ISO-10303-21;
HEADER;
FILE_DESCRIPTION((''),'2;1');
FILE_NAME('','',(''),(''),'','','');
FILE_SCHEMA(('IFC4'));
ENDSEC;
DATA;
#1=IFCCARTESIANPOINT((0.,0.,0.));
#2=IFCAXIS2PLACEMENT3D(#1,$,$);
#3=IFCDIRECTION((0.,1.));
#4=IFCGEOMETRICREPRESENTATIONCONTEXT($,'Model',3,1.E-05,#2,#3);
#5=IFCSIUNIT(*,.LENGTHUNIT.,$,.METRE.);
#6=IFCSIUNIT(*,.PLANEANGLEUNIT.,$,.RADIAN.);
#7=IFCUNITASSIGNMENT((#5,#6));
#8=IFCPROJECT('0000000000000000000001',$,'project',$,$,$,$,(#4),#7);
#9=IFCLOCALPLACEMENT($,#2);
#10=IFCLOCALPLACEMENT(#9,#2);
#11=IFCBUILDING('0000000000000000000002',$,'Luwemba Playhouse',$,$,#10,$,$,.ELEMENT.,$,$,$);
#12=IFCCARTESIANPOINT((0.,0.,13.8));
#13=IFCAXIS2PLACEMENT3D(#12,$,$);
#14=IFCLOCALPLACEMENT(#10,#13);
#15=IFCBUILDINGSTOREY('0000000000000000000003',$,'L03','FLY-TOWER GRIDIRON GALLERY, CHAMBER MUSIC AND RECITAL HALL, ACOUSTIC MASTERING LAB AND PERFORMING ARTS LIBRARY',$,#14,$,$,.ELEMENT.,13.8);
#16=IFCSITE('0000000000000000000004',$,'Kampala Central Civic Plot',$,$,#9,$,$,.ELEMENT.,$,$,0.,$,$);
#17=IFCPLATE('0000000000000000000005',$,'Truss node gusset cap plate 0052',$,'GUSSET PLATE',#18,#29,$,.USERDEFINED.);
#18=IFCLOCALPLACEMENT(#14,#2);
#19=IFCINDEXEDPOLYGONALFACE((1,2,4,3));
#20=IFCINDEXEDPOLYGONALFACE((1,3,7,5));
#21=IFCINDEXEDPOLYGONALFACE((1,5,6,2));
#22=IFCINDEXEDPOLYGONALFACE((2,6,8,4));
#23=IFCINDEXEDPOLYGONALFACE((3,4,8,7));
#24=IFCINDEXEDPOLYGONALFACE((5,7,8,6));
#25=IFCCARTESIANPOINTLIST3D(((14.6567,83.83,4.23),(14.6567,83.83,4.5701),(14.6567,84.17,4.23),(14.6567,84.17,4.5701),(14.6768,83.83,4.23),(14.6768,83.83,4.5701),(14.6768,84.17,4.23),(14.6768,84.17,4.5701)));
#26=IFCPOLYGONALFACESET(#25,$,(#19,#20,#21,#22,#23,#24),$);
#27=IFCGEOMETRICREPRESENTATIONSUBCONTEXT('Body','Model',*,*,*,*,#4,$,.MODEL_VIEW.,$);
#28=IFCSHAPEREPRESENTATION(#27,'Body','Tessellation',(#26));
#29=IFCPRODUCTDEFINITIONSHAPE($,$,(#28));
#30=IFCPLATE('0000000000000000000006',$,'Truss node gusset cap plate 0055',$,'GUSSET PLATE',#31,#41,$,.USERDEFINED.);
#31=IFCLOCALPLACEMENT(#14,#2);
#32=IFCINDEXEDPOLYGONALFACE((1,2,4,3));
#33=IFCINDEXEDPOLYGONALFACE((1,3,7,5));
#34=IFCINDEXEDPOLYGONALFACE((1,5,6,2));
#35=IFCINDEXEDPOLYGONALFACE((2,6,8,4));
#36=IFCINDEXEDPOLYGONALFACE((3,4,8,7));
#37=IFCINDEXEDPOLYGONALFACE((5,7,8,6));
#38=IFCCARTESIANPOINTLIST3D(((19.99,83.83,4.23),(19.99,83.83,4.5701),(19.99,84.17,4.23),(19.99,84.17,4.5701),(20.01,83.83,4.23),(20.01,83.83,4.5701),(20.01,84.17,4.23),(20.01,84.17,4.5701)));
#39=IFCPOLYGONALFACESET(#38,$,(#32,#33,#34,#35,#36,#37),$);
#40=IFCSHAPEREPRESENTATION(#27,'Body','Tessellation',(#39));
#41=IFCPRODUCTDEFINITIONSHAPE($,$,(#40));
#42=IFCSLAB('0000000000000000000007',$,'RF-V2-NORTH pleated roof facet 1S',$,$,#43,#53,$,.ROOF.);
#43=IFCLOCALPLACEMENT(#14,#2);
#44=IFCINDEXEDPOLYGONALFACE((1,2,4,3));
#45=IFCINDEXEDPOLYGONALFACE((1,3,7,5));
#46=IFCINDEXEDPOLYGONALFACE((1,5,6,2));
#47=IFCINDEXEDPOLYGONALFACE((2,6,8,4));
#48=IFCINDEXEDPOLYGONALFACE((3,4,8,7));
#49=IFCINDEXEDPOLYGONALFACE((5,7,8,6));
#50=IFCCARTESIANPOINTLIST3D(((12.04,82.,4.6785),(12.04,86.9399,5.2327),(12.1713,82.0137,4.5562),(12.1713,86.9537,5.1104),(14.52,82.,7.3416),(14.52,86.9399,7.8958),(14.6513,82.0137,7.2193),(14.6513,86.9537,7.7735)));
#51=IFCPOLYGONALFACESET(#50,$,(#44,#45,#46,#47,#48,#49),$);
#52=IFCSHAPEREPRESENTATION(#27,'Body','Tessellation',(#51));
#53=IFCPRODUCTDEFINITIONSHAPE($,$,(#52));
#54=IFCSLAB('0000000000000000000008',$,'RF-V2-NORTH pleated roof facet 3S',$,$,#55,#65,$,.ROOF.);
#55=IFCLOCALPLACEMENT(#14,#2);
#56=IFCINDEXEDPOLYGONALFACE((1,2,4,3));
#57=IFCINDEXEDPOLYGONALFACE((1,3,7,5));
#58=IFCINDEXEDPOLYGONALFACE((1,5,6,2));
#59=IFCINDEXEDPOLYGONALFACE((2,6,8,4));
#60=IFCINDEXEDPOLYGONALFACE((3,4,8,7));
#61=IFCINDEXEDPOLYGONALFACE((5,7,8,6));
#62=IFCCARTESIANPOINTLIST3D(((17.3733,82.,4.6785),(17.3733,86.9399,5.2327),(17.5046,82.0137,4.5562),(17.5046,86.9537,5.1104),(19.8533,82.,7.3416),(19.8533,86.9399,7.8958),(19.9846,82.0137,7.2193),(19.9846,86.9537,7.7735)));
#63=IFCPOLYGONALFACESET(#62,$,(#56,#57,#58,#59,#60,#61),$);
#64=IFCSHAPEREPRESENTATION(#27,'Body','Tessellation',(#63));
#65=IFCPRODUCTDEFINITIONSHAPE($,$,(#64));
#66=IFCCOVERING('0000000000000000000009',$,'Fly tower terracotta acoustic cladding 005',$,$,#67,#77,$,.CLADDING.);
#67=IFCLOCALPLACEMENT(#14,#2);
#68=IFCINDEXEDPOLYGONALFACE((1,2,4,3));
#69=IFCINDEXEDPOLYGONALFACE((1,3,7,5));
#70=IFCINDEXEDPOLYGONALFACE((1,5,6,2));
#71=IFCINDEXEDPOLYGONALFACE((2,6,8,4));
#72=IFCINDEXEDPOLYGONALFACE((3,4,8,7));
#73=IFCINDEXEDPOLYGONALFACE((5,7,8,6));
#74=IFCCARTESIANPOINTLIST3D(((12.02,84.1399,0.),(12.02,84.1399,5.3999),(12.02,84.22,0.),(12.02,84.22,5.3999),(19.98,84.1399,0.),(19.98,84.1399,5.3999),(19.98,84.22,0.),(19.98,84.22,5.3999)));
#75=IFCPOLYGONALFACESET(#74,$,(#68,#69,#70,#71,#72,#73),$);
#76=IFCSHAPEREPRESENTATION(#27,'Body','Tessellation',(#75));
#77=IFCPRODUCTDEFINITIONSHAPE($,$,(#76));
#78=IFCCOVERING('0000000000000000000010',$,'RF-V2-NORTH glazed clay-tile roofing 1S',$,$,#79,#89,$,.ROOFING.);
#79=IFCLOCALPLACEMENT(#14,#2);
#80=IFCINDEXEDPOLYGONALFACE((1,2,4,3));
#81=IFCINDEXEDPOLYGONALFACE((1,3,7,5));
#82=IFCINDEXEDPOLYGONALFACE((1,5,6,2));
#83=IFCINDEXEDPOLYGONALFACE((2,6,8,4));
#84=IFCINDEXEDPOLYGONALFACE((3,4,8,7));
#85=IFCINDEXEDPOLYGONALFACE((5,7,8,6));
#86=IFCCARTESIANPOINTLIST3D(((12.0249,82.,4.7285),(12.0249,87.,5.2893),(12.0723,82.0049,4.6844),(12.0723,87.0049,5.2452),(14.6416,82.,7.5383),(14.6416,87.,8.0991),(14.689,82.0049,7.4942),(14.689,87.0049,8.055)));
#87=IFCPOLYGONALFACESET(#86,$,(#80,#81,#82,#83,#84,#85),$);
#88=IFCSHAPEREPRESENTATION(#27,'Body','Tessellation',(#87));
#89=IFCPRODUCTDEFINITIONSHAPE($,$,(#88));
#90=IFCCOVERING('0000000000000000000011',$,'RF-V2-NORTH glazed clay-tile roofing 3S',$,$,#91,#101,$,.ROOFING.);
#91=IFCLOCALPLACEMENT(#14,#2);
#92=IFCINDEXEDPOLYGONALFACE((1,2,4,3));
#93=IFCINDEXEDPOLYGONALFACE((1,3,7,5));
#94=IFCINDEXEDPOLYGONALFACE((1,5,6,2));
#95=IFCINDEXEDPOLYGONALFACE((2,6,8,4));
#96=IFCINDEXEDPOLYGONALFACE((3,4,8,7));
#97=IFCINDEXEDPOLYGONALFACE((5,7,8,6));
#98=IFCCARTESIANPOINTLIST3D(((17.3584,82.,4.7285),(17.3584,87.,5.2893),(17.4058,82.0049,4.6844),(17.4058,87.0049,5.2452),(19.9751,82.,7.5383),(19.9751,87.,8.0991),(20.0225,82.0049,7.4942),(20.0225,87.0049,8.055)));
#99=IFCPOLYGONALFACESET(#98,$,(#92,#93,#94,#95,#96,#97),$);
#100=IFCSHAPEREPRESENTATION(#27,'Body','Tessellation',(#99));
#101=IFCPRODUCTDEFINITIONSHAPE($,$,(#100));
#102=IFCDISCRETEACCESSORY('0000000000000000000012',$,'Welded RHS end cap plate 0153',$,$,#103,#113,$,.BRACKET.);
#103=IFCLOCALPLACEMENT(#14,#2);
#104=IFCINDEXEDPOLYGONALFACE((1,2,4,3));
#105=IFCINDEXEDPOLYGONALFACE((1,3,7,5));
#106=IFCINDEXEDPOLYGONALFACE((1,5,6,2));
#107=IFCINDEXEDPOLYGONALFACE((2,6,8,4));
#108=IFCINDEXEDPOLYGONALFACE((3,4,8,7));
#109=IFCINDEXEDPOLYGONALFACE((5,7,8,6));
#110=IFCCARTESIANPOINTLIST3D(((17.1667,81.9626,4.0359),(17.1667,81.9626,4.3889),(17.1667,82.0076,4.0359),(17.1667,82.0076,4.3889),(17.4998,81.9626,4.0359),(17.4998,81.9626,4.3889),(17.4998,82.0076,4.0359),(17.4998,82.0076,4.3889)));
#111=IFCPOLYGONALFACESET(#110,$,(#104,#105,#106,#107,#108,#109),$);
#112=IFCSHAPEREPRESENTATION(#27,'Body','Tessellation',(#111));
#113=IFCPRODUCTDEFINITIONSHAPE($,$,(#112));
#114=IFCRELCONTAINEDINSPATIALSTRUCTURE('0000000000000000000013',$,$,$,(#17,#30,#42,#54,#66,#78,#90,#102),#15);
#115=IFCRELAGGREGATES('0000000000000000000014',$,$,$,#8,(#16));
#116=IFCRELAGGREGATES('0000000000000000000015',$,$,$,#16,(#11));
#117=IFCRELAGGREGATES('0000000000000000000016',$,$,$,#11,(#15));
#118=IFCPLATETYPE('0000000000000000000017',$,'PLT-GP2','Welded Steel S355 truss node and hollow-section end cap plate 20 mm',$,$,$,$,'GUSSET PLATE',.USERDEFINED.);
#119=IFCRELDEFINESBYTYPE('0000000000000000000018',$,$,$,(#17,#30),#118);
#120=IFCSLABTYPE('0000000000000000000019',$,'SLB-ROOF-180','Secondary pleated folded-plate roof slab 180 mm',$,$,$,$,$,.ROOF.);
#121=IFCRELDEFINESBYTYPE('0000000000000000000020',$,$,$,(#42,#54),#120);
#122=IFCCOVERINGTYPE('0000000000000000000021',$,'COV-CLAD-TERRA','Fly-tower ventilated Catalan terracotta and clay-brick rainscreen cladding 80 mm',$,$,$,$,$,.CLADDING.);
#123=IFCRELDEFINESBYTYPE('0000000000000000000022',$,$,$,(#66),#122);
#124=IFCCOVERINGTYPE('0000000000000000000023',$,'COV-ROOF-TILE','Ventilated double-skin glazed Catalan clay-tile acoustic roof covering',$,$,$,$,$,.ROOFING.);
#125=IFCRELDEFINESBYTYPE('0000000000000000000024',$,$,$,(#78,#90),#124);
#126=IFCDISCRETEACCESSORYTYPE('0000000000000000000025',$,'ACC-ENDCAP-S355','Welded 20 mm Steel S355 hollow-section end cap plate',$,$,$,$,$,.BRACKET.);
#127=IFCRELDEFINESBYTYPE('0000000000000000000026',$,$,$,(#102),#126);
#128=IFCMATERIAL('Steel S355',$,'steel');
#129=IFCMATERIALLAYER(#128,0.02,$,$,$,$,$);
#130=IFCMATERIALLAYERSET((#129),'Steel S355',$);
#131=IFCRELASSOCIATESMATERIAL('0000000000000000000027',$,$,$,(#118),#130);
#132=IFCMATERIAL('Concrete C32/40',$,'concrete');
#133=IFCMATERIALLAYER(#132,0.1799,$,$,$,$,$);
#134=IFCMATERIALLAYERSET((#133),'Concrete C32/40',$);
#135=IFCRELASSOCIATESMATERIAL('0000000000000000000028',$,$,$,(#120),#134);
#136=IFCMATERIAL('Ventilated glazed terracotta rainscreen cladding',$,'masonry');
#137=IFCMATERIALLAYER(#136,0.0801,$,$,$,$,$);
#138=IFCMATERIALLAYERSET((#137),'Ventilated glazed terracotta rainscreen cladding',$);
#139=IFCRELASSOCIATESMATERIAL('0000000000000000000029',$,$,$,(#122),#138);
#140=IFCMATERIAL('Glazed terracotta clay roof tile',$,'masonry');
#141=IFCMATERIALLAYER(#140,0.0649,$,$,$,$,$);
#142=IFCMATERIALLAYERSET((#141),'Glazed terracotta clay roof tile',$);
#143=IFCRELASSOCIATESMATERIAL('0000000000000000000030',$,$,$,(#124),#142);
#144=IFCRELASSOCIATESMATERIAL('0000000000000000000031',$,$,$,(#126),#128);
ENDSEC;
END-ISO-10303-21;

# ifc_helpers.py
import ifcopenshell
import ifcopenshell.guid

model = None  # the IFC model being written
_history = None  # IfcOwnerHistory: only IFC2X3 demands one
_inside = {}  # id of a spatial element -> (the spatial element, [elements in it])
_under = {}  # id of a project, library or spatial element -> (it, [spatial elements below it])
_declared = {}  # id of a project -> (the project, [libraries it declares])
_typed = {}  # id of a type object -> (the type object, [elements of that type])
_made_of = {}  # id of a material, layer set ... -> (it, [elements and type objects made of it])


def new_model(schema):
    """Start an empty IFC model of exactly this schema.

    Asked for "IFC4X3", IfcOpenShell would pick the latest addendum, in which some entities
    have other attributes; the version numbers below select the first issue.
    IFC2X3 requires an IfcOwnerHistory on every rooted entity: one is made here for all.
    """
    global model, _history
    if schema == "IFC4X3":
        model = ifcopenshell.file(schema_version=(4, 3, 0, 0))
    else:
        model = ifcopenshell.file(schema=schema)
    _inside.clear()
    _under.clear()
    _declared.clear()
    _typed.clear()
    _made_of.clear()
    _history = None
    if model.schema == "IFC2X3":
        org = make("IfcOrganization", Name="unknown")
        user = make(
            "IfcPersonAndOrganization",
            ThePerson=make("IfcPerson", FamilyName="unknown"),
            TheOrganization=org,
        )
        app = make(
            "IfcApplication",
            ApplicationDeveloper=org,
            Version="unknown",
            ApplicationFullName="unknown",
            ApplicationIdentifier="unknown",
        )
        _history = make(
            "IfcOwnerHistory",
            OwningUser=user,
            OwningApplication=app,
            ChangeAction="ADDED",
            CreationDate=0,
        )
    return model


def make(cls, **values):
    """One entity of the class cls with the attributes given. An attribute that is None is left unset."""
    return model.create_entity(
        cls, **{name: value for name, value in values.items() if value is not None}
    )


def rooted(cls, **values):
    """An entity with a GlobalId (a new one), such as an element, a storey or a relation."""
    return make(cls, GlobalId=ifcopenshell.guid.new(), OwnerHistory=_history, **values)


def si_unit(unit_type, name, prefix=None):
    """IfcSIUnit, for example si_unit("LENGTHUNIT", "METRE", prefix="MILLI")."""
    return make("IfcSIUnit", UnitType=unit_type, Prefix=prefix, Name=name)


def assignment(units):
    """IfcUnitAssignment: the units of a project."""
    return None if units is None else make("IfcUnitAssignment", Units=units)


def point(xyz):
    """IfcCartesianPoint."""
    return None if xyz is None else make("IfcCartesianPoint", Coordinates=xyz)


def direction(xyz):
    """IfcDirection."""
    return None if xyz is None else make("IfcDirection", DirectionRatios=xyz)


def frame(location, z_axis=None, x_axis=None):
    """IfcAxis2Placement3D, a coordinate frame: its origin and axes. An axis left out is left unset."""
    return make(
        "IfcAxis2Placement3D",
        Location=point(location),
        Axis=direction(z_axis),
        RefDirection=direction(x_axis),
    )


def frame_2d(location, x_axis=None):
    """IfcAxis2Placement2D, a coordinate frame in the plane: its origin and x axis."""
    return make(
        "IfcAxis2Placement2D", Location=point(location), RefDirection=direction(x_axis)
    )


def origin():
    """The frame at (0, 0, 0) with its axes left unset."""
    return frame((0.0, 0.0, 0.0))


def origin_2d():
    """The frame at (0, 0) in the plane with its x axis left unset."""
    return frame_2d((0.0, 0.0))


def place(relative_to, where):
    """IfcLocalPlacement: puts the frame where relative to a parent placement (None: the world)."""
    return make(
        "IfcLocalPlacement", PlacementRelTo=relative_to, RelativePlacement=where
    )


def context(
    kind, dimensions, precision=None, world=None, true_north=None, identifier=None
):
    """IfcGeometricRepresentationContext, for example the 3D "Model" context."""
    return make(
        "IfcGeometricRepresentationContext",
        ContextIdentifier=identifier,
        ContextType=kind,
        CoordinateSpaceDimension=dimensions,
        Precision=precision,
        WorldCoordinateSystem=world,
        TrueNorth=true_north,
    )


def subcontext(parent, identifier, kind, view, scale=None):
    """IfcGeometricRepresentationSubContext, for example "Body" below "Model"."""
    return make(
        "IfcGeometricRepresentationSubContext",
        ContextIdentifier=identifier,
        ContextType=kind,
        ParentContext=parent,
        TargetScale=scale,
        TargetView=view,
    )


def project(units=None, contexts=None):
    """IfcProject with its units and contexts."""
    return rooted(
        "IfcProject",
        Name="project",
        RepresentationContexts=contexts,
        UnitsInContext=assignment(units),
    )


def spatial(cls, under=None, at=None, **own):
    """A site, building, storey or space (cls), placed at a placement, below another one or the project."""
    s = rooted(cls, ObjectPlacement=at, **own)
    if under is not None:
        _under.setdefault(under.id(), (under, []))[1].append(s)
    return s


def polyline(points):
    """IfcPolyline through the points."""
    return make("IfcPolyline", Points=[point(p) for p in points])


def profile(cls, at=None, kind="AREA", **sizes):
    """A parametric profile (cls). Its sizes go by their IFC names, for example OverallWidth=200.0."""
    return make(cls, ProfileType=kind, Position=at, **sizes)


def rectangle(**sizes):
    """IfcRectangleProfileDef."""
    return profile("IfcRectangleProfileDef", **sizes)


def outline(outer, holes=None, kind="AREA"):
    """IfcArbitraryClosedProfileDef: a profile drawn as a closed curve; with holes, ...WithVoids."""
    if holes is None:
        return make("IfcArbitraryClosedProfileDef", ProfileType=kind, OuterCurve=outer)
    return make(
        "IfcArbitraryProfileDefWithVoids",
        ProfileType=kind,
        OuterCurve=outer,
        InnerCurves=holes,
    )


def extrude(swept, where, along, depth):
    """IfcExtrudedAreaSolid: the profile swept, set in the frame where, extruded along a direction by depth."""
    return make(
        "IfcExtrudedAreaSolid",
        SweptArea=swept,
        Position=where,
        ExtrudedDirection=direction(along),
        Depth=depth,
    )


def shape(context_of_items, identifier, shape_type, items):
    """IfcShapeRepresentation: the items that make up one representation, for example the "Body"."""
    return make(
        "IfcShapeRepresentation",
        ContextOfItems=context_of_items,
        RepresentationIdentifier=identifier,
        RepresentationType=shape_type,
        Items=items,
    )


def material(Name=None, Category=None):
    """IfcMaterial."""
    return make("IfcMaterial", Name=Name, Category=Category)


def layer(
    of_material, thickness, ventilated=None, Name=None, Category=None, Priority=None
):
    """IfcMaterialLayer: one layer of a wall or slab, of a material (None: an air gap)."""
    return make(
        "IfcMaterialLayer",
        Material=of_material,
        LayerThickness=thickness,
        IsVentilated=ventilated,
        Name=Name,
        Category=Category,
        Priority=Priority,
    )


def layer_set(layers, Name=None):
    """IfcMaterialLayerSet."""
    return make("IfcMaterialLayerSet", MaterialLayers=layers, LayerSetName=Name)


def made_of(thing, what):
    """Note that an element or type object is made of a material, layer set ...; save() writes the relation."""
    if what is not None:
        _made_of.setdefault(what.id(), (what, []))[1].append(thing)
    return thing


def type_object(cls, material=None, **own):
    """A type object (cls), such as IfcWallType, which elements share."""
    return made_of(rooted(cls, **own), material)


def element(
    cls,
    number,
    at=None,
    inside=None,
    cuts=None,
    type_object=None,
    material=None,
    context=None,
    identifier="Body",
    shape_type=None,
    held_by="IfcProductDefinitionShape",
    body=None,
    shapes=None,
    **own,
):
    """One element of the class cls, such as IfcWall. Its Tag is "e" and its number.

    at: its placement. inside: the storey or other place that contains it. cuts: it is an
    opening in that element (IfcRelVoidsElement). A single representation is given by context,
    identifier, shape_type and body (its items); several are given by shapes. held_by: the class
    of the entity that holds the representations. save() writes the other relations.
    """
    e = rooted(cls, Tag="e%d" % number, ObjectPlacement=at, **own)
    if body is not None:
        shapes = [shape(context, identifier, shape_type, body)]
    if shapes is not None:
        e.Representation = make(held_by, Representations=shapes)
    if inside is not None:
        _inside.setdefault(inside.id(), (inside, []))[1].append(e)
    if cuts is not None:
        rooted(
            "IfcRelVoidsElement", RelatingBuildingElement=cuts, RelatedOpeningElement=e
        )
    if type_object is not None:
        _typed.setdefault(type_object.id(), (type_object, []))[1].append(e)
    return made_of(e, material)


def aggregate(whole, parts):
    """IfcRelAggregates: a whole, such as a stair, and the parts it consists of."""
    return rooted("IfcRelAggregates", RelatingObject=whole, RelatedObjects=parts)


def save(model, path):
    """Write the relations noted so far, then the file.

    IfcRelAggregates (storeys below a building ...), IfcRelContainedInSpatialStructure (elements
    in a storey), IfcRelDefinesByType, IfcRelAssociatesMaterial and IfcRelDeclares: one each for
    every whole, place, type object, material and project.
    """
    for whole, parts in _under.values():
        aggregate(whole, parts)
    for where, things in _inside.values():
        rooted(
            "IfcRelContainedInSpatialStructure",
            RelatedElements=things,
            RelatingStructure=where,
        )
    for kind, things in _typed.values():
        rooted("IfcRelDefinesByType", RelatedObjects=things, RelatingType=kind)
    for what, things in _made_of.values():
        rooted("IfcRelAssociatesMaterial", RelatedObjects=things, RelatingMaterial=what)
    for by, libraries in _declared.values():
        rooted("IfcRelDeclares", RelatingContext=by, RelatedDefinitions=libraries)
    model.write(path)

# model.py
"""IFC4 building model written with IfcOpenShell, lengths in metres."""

from ifc_helpers import new_model, si_unit, direction, frame, origin, origin_2d, place, context, subcontext, project, spatial, polyline, rectangle, outline, extrude, material, layer, layer_set, type_object, element, save


model = new_model("IFC4")

# Units and contexts
model_context = context("Model", 3, precision=1e-05, world=origin(), true_north=direction((0.0, 1.0)))
body_context = subcontext(model_context, "Body", "Model", "MODEL_VIEW")
ifc_project = project(units=[si_unit("LENGTHUNIT", "METRE"), si_unit("PLANEANGLEUNIT", "RADIAN")], contexts=[model_context])

# Site, building, storey
site_placement = place(None, origin())
site = spatial("IfcSite", under=ifc_project, at=site_placement, Name="Kampala Central Civic Plot", CompositionType="ELEMENT", RefElevation=0.0)
building_placement = place(site_placement, origin())
building = spatial("IfcBuilding", under=site, at=building_placement, Name="Luwemba Playhouse", CompositionType="ELEMENT")
storey_placement = place(building_placement, frame((0.0, 0.0, 13.8)))
storey = spatial("IfcBuildingStorey", under=building, at=storey_placement, Name="L03", Description="FLY-TOWER GRIDIRON GALLERY, CHAMBER MUSIC AND RECITAL HALL, ACOUSTIC MASTERING LAB AND PERFORMING ARTS LIBRARY", CompositionType="ELEMENT", Elevation=13.8)

# Shared definitions
ifc_material_1 = material(Name="Steel S355", Category="steel")

# Plates
ifc_layer_1 = layer(ifc_material_1, 0.02)
ifc_layer_set_1 = layer_set([ifc_layer_1], Name="Steel S355")
plate_type = type_object("IfcPlateType", Name="PLT-GP2", Description="Welded Steel S355 truss node and hollow-section end cap plate 20 mm", ElementType="GUSSET PLATE", PredefinedType="USERDEFINED", material=ifc_layer_set_1)
for number, where, z_axis, x_axis, name in (
    (1, (14.6667, 84.0, 4.23), (0.0, 0.0, 1.0), (1.0, 0.0, 0.0), "Truss node gusset cap plate 0052"),
    (2, (20.0, 84.0, 4.23), (0.0, 0.0, 1.0), (1.0, 0.0, 0.0), "Truss node gusset cap plate 0055"),
):
    element("IfcPlate", number, at=place(storey_placement, frame(where, z_axis=z_axis, x_axis=x_axis)), inside=storey, type_object=plate_type, Name=name, ObjectType="GUSSET PLATE", PredefinedType="USERDEFINED", context=body_context, shape_type="SweptSolid", body=[
        extrude(rectangle(XDim=0.02, YDim=0.3401, at=origin_2d()), origin(), (0.0, 0.0, 1.0), 0.3401),
    ])

# Slabs
ifc_material_2 = material(Name="Concrete C32/40", Category="concrete")
ifc_layer_2 = layer(ifc_material_2, 0.1799)
ifc_layer_set_2 = layer_set([ifc_layer_2], Name="Concrete C32/40")
slab_type = type_object("IfcSlabType", Name="SLB-ROOF-180", Description="Secondary pleated folded-plate roof slab 180 mm", PredefinedType="ROOF", material=ifc_layer_set_2)
for number, where, z_axis, x_axis, name in (
    (3, (12.04, 82.0, 4.6785), (-0.729688, -0.076233, 0.679517), (0.6815, 0.0, 0.731818), "RF-V2-NORTH pleated roof facet 1S"),
    (4, (17.3733, 82.0, 4.6785), (-0.729688, -0.076233, 0.679517), (0.6815, 0.0, 0.731818), "RF-V2-NORTH pleated roof facet 3S"),
):
    element("IfcSlab", number, at=place(storey_placement, frame(where, z_axis=z_axis, x_axis=x_axis)), inside=storey, type_object=slab_type, Name=name, PredefinedType="ROOF", context=body_context, shape_type="SweptSolid", body=[
        extrude(outline(polyline([(0.0, 0.0), (3.639, 0.0), (4.0446, 4.9544), (0.4056, 4.9544), (0.0, 0.0)])), origin(), (0.0, 0.0, -1.0), 0.1799),
    ])

# Coverings
ifc_material_3 = material(Name="Ventilated glazed terracotta rainscreen cladding", Category="masonry")
ifc_layer_3 = layer(ifc_material_3, 0.0801)
ifc_layer_set_3 = layer_set([ifc_layer_3], Name="Ventilated glazed terracotta rainscreen cladding")
covering_type_1 = type_object("IfcCoveringType", Name="COV-CLAD-TERRA", Description="Fly-tower ventilated Catalan terracotta and clay-brick rainscreen cladding 80 mm", PredefinedType="CLADDING", material=ifc_layer_set_3)
covering_placement = place(storey_placement, frame((16.0, 84.1799, 0.0), z_axis=(0.0, 0.0, 1.0), x_axis=(1.0, 0.0, 0.0)))
element("IfcCovering", 5, at=covering_placement, inside=storey, type_object=covering_type_1, Name="Fly tower terracotta acoustic cladding 005", PredefinedType="CLADDING", context=body_context, shape_type="SweptSolid", body=[
    extrude(rectangle(XDim=7.96, YDim=0.0801, at=origin_2d()), origin(), (0.0, 0.0, 1.0), 5.3999),
])
ifc_material_4 = material(Name="Glazed terracotta clay roof tile", Category="masonry")
ifc_layer_4 = layer(ifc_material_4, 0.0649)
ifc_layer_set_4 = layer_set([ifc_layer_4], Name="Glazed terracotta clay roof tile")
covering_type_2 = type_object("IfcCoveringType", Name="COV-ROOF-TILE", Description="Ventilated double-skin glazed Catalan clay-tile acoustic roof covering", PredefinedType="ROOFING", material=ifc_layer_set_4)
for number, where, z_axis, x_axis, name in (
    (6, (12.0249, 82.0, 4.7285), (-0.729679, -0.076215, 0.679529), (0.681511, 0.0, 0.731808), "RF-V2-NORTH glazed clay-tile roofing 1S"),
    (7, (17.3584, 82.0, 4.7285), (-0.729679, -0.076215, 0.679529), (0.681511, 0.0, 0.731808), "RF-V2-NORTH glazed clay-tile roofing 3S"),
):
    element("IfcCovering", number, at=place(storey_placement, frame(where, z_axis=z_axis, x_axis=x_axis)), inside=storey, type_object=covering_type_2, Name=name, PredefinedType="ROOFING", context=body_context, shape_type="SweptSolid", body=[
        extrude(outline(polyline([(0.0, 0.0), (3.8396, 0.0), (4.2499, 5.0146), (0.4104, 5.0146), (0.0, 0.0)])), origin(), (0.0, 0.0, -1.0), 0.0649),
    ])

# Discrete accessory
discrete_accessory_type = type_object("IfcDiscreteAccessoryType", Name="ACC-ENDCAP-S355", Description="Welded 20 mm Steel S355 hollow-section end cap plate", PredefinedType="BRACKET", material=ifc_material_1)
discrete_accessory_placement = place(storey_placement, frame((17.3333, 81.9851, 4.0359), z_axis=(0.0, 0.0, 1.0), x_axis=(1.0, 0.0, 0.0)))
element("IfcDiscreteAccessory", 8, at=discrete_accessory_placement, inside=storey, type_object=discrete_accessory_type, Name="Welded RHS end cap plate 0153", PredefinedType="BRACKET", context=body_context, shape_type="SweptSolid", body=[
    extrude(rectangle(XDim=0.333, YDim=0.0449, at=origin_2d()), origin(), (0.0, 0.0, 1.0), 0.353),
])

save(model, "model.ifc")
